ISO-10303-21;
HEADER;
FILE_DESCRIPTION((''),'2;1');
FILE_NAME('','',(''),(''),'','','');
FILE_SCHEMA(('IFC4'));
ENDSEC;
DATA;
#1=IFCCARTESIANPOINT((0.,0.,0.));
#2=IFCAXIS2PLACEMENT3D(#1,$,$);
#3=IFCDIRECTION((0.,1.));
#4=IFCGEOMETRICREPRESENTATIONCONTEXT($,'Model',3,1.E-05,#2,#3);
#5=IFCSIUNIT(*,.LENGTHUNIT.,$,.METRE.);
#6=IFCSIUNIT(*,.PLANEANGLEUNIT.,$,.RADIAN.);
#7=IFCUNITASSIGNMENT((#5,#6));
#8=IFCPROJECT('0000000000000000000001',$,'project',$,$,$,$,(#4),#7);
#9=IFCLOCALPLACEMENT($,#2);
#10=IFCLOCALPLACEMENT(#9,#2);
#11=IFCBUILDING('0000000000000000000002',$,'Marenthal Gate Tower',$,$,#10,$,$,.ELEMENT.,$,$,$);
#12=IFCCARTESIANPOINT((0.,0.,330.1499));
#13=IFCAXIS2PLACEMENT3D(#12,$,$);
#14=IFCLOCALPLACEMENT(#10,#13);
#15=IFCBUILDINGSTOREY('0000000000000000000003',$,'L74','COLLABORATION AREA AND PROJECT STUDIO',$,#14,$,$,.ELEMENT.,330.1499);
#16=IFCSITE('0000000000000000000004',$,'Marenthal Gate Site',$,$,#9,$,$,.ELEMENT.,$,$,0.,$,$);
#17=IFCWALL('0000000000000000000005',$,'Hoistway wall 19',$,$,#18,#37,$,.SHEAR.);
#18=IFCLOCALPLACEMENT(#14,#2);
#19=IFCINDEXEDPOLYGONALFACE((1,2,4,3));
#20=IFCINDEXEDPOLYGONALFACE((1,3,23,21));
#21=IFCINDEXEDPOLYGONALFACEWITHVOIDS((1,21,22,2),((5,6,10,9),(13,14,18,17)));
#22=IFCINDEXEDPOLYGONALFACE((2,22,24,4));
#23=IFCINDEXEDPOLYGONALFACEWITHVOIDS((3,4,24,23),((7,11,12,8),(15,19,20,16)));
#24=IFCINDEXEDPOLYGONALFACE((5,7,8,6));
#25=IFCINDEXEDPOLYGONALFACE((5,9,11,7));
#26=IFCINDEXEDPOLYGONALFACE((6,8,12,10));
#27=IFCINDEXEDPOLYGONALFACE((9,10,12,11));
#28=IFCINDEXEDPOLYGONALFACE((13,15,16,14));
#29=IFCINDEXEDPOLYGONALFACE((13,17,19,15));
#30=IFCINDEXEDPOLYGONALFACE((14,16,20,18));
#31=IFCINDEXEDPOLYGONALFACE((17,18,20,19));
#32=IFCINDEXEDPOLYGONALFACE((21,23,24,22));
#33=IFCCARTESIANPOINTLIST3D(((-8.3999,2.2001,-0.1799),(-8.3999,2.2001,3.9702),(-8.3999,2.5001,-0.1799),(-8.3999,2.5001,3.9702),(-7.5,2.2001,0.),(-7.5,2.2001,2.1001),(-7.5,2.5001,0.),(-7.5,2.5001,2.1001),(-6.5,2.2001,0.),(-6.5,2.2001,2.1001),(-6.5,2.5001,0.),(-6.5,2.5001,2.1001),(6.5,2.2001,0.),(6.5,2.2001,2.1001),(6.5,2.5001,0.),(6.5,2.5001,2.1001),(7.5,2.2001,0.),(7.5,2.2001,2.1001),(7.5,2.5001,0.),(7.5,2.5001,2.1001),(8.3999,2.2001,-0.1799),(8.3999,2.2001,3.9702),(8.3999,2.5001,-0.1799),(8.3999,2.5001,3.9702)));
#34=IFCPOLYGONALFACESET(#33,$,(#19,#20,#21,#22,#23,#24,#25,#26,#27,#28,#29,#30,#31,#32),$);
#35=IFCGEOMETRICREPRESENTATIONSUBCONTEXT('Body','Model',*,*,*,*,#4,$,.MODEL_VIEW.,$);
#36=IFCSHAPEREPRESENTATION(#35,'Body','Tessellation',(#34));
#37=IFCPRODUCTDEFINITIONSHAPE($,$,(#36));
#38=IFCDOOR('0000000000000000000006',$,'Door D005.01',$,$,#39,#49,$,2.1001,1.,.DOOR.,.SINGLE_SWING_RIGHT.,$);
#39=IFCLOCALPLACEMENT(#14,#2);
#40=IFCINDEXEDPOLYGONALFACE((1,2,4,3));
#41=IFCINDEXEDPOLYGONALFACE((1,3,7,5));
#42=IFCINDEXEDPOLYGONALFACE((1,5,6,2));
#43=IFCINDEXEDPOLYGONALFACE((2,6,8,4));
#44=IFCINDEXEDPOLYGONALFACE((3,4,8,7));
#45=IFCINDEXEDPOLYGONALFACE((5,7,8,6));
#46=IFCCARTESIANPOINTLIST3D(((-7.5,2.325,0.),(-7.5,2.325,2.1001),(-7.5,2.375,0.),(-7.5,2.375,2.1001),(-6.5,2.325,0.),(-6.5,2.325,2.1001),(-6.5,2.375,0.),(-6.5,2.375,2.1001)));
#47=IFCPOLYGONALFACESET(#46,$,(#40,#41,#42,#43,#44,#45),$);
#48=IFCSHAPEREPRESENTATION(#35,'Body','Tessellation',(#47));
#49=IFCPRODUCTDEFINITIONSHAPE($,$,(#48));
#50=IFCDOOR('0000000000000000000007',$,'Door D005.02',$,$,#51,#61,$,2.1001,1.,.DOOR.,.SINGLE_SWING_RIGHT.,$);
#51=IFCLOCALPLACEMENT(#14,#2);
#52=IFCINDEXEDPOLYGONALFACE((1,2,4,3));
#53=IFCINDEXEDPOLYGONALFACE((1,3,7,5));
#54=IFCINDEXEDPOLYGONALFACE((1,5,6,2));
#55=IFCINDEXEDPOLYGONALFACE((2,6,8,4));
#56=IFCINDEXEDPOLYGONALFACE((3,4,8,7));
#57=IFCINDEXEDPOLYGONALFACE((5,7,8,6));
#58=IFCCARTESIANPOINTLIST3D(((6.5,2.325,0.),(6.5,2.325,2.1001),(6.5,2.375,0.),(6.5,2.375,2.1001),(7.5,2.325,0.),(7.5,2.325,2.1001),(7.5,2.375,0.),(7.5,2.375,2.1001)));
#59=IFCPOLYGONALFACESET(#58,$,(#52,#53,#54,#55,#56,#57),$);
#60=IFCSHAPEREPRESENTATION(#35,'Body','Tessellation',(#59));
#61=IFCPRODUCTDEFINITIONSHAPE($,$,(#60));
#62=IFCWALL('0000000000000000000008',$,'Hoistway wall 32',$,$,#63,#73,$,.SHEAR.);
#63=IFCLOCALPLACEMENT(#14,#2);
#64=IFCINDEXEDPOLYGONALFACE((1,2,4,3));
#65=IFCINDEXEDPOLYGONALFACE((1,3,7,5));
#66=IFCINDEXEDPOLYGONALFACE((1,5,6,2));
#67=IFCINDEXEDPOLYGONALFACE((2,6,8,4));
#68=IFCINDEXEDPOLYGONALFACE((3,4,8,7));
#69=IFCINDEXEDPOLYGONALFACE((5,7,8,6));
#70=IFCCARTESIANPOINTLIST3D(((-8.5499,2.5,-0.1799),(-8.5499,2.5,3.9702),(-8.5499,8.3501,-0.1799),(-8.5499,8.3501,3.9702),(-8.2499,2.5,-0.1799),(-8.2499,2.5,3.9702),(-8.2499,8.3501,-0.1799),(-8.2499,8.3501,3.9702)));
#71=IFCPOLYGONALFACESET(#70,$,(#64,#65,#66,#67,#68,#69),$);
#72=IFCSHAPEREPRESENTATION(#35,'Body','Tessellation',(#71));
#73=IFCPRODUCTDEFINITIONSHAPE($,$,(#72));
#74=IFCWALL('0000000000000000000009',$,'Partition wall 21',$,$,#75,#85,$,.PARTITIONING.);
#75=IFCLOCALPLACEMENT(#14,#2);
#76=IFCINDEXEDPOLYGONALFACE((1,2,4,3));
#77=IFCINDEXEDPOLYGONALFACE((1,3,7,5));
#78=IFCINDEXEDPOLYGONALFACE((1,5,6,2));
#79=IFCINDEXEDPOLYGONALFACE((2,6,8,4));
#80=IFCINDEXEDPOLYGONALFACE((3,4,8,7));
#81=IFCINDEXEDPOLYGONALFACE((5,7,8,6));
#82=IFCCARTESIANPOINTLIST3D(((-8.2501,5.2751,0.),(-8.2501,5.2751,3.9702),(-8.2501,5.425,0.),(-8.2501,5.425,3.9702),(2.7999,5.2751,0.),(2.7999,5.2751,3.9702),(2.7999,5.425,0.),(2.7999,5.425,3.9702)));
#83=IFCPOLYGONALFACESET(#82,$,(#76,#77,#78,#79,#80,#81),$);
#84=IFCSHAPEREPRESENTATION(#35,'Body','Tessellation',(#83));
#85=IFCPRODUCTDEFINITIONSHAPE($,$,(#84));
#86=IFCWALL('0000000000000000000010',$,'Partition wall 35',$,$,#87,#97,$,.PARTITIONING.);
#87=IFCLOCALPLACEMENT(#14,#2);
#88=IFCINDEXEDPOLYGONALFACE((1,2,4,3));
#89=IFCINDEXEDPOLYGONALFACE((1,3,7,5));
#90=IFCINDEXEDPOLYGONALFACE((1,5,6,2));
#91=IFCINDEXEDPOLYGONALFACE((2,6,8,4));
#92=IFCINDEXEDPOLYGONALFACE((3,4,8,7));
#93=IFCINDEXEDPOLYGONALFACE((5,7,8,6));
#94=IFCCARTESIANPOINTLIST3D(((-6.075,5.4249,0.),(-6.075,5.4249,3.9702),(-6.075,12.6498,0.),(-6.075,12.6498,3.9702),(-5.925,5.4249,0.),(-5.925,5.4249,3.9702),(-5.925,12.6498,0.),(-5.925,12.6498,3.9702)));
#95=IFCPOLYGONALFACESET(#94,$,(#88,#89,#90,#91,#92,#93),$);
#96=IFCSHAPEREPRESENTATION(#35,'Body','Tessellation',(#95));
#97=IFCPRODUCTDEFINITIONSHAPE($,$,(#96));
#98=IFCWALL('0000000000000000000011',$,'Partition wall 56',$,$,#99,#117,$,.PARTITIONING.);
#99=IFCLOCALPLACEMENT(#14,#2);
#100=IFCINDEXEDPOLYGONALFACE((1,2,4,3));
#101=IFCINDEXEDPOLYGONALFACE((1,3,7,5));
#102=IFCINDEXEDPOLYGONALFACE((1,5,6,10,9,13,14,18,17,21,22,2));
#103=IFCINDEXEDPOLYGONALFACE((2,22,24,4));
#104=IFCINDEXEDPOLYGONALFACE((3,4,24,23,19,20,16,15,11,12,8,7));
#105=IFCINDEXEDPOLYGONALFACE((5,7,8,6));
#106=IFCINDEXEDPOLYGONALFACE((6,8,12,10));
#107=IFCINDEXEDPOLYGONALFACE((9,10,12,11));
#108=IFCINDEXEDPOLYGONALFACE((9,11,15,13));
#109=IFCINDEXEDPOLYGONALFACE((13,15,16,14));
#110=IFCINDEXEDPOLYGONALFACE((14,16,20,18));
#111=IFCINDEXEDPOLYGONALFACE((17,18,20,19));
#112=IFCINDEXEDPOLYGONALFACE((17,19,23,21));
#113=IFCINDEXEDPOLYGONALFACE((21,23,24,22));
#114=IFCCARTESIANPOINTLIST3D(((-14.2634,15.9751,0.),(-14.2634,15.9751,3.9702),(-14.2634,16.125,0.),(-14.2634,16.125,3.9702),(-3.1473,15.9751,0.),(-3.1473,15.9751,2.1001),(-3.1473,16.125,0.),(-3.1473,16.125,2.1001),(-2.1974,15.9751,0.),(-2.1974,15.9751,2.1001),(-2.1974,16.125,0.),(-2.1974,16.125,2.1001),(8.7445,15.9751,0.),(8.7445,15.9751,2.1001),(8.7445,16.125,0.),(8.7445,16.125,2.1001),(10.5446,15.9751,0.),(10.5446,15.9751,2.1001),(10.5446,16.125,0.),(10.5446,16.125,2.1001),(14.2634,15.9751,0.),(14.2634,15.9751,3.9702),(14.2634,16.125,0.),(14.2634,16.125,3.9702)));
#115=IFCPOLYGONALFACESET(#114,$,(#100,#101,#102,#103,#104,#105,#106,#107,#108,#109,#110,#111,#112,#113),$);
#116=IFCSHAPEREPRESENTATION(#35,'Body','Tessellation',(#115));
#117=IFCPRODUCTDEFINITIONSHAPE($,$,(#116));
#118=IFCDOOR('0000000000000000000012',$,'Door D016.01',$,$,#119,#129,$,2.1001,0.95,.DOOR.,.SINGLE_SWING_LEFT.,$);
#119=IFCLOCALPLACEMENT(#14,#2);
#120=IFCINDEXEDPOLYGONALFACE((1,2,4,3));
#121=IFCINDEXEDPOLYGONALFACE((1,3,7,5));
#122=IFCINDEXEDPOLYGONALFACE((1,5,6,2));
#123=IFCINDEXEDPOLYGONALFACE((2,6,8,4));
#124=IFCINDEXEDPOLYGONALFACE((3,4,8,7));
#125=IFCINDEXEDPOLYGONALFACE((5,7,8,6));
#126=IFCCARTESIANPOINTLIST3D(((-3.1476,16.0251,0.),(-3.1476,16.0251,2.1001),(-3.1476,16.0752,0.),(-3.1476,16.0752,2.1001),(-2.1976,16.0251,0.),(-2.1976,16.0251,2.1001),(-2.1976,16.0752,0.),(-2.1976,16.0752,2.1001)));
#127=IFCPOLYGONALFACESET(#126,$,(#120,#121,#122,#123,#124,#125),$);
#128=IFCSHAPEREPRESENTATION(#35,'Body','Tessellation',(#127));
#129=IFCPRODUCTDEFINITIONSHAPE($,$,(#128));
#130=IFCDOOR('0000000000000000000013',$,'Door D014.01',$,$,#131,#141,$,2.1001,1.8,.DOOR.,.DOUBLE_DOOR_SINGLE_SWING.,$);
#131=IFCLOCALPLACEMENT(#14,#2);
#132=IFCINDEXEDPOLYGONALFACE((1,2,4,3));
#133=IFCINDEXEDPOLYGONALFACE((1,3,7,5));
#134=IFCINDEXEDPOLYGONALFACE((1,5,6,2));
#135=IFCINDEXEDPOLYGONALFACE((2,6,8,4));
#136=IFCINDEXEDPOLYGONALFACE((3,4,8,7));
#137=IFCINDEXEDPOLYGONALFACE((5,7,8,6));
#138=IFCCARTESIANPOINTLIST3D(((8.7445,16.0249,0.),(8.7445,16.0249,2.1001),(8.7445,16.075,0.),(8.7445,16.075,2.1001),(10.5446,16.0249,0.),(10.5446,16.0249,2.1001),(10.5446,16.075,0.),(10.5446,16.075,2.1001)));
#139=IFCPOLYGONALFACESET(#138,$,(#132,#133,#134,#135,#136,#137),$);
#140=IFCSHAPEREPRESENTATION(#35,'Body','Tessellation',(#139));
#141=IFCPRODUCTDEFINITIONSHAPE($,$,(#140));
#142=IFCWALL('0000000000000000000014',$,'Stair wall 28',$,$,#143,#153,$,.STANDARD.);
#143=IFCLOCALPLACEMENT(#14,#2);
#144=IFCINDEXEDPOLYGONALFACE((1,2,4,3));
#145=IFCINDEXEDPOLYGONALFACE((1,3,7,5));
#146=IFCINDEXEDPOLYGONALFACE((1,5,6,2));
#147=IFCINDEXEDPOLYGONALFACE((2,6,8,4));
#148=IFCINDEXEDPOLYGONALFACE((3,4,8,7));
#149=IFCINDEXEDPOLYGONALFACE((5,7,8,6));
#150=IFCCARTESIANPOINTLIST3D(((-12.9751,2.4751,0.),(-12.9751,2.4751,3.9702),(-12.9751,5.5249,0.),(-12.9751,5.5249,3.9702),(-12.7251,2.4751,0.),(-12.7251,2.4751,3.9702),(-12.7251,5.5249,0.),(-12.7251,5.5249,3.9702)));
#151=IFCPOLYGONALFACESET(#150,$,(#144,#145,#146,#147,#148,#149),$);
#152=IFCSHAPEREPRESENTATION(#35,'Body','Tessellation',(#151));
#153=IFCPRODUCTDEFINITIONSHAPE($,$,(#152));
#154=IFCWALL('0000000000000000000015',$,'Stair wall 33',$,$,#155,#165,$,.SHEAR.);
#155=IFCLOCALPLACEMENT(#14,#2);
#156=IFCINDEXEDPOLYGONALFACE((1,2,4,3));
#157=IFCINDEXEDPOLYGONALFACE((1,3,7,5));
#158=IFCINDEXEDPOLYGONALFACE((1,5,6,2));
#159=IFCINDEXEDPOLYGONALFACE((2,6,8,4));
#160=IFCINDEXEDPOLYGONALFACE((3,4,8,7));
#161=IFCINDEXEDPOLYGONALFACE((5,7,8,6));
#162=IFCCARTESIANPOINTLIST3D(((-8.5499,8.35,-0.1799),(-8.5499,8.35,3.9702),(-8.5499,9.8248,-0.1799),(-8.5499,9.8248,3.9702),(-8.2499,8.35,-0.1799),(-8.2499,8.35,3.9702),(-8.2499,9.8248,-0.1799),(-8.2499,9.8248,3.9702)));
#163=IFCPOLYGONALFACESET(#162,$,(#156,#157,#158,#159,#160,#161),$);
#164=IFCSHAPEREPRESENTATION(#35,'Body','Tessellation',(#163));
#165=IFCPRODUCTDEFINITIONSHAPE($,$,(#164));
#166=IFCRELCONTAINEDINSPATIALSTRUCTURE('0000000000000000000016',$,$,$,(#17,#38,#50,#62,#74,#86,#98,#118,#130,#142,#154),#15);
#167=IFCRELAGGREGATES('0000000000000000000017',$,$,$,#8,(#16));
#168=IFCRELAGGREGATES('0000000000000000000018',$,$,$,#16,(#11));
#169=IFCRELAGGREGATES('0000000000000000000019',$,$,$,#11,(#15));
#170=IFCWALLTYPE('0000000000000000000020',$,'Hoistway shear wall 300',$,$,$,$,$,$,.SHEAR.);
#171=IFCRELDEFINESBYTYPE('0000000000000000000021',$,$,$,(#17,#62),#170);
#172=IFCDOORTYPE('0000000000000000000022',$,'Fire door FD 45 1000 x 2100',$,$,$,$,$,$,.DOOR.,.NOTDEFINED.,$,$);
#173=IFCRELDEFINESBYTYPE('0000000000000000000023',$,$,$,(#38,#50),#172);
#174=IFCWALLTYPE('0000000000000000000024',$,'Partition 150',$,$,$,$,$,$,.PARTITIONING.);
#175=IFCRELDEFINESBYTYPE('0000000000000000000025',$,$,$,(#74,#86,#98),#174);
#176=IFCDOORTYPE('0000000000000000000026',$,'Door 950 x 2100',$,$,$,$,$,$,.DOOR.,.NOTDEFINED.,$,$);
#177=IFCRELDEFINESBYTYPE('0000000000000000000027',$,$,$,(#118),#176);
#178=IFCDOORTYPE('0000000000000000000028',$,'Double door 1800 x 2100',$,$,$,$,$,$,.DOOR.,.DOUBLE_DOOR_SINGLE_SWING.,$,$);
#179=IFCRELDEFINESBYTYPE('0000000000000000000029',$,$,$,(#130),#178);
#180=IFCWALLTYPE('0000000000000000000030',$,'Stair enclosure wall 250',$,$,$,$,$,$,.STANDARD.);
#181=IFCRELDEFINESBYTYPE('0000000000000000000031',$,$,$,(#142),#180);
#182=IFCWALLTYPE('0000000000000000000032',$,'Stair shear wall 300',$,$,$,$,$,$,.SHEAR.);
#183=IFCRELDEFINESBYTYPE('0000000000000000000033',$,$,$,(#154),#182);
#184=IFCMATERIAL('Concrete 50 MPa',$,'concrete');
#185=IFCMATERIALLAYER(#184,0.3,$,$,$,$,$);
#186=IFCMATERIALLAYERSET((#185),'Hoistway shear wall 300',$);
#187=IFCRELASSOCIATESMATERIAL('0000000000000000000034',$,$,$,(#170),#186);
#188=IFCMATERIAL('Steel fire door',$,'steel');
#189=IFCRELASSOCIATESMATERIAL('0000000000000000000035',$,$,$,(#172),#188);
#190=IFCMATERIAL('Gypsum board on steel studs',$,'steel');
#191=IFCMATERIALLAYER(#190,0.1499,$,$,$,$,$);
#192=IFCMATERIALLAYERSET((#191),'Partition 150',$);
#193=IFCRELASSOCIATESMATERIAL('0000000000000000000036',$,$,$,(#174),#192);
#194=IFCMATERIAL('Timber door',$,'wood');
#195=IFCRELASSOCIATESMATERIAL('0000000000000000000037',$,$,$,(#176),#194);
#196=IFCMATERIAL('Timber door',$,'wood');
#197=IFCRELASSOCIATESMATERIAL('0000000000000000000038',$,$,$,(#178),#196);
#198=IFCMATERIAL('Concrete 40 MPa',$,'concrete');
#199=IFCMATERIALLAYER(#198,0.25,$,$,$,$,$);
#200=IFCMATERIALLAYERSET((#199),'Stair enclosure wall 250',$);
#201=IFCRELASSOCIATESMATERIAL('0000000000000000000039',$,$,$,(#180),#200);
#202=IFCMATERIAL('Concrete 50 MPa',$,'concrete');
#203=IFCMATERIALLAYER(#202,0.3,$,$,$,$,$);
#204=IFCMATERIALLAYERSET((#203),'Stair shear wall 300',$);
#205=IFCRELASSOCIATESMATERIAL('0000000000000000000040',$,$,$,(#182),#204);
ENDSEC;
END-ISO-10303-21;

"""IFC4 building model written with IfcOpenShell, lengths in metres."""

from ifc_helpers import new_model, si_unit, direction, frame, frame_2d, origin, place, context, subcontext, project, spatial, rectangle, extrude, material, layer, layer_set, type_object, element, fill, save


model = new_model("IFC4")

# Units and contexts
model_context = context("Model", 3, precision=1e-05, world=origin(), true_north=direction((0.0, 1.0)))
body_context = subcontext(model_context, "Body", "Model", "MODEL_VIEW")
ifc_project = project(units=[si_unit("LENGTHUNIT", "METRE"), si_unit("PLANEANGLEUNIT", "RADIAN")], contexts=[model_context])

# Site, building, storey
site_placement = place(None, origin())
site = spatial("IfcSite", under=ifc_project, at=site_placement, Name="Marenthal Gate Site", CompositionType="ELEMENT", RefElevation=0.0)
building_placement = place(site_placement, origin())
building = spatial("IfcBuilding", under=site, at=building_placement, Name="Marenthal Gate Tower", CompositionType="ELEMENT")
storey_placement = place(building_placement, frame((0.0, 0.0, 330.1499)))
storey = spatial("IfcBuildingStorey", under=building, at=storey_placement, Name="L74", Description="COLLABORATION AREA AND PROJECT STUDIO", CompositionType="ELEMENT", Elevation=330.1499)

# Wall, openings, doors
ifc_material_1 = material(Name="Concrete 50 MPa", Category="concrete")
ifc_layer_1 = layer(ifc_material_1, 0.3)
ifc_layer_set_1 = layer_set([ifc_layer_1], Name="Hoistway shear wall 300")
wall_type_1 = type_object("IfcWallType", Name="Hoistway shear wall 300", PredefinedType="SHEAR", material=ifc_layer_set_1)
wall_1_placement = place(storey_placement, frame((-8.3999, 2.3501, -0.1799), z_axis=(0.0, 0.0, 1.0), x_axis=(1.0, 0.0, 0.0)))
wall_1 = element("IfcWall", 1, at=wall_1_placement, inside=storey, type_object=wall_type_1, Name="Hoistway wall 19", PredefinedType="SHEAR", context=body_context, shape_type="SweptSolid", body=[
    extrude(rectangle(XDim=16.7998, YDim=0.3, at=frame_2d((8.3999, 0.0))), origin(), (0.0, 0.0, 1.0), 4.1501),
])
opening_1_placement = place(wall_1_placement, frame((0.8999, 0.0, 0.1799)))
opening_1 = element("IfcOpeningElement", 2, at=opening_1_placement, cuts=wall_1, PredefinedType="OPENING", context=body_context, shape_type="SweptSolid", body=[
    extrude(rectangle(XDim=1.0, YDim=2.1001, at=frame_2d((0.5, 1.05))), frame((0.0, 0.1602, 0.0), z_axis=(0.0, -1.0, 0.0), x_axis=(1.0, 0.0, 0.0)), (0.0, 0.0, 1.0), 0.3201),
])
opening_2_placement = place(wall_1_placement, frame((14.8999, 0.0, 0.1799)))
opening_2 = element("IfcOpeningElement", 3, at=opening_2_placement, cuts=wall_1, PredefinedType="OPENING", context=body_context, shape_type="SweptSolid", body=[
    extrude(rectangle(XDim=1.0, YDim=2.1001, at=frame_2d((0.5, 1.05))), frame((0.0, 0.1602, 0.0), z_axis=(0.0, -1.0, 0.0), x_axis=(1.0, 0.0, 0.0)), (0.0, 0.0, 1.0), 0.3201),
])
ifc_material_2 = material(Name="Steel fire door", Category="steel")
door_type_1 = type_object("IfcDoorType", Name="Fire door FD 45 1000 x 2100", OperationType="NOTDEFINED", PredefinedType="DOOR", material=ifc_material_2)
door_1_placement = place(opening_1_placement, origin())
door_1 = element("IfcDoor", 4, at=door_1_placement, inside=storey, type_object=door_type_1, Name="Door D005.01", OperationType="SINGLE_SWING_RIGHT", OverallHeight=2.1001, OverallWidth=1.0, PredefinedType="DOOR", context=body_context, shape_type="SweptSolid", body=[
    extrude(rectangle(XDim=1.0, YDim=2.1001, at=frame_2d((0.5, 1.05))), frame((0.0, 0.0249, 0.0), z_axis=(0.0, -1.0, 0.0), x_axis=(1.0, 0.0, 0.0)), (0.0, 0.0, 1.0), 0.05),
])
fill(opening_1, door_1)
door_2_placement = place(opening_2_placement, origin())
door_2 = element("IfcDoor", 5, at=door_2_placement, inside=storey, type_object=door_type_1, Name="Door D005.02", OperationType="SINGLE_SWING_RIGHT", OverallHeight=2.1001, OverallWidth=1.0, PredefinedType="DOOR", context=body_context, shape_type="SweptSolid", body=[
    extrude(rectangle(XDim=1.0, YDim=2.1001, at=frame_2d((0.5, 1.05))), frame((0.0, 0.0249, 0.0), z_axis=(0.0, -1.0, 0.0), x_axis=(1.0, 0.0, 0.0)), (0.0, 0.0, 1.0), 0.05),
])
fill(opening_2, door_2)

# Walls
wall_2_placement = place(storey_placement, frame((-8.3999, 2.5, -0.1799), z_axis=(0.0, 0.0, 1.0), x_axis=(0.0, 1.0, 0.0)))
element("IfcWall", 6, at=wall_2_placement, inside=storey, type_object=wall_type_1, Name="Hoistway wall 32", PredefinedType="SHEAR", context=body_context, shape_type="SweptSolid", body=[
    extrude(rectangle(XDim=5.8501, YDim=0.3, at=frame_2d((2.925, 0.0))), origin(), (0.0, 0.0, 1.0), 4.1501),
])
ifc_material_3 = material(Name="Gypsum board on steel studs", Category="steel")
ifc_layer_2 = layer(ifc_material_3, 0.1499)
ifc_layer_set_2 = layer_set([ifc_layer_2], Name="Partition 150")
wall_type_2 = type_object("IfcWallType", Name="Partition 150", PredefinedType="PARTITIONING", material=ifc_layer_set_2)
wall_3_placement = place(storey_placement, frame((-8.25, 5.3501, 0.0), z_axis=(0.0, 0.0, 1.0), x_axis=(1.0, 0.0, 0.0)))
element("IfcWall", 7, at=wall_3_placement, inside=storey, type_object=wall_type_2, Name="Partition wall 21", PredefinedType="PARTITIONING", context=body_context, shape_type="SweptSolid", body=[
    extrude(rectangle(XDim=11.05, YDim=0.1499, at=frame_2d((5.5249, 0.0))), origin(), (0.0, 0.0, 1.0), 3.9702),
])
wall_4_placement = place(storey_placement, frame((-6.0, 5.425, 0.0), z_axis=(0.0, 0.0, 1.0), x_axis=(0.0, 1.0, 0.0)))
element("IfcWall", 8, at=wall_4_placement, inside=storey, type_object=wall_type_2, Name="Partition wall 35", PredefinedType="PARTITIONING", context=body_context, shape_type="SweptSolid", body=[
    extrude(rectangle(XDim=7.2249, YDim=0.1499, at=frame_2d((3.6123, 0.0))), origin(), (0.0, 0.0, 1.0), 3.9702),
])

# Wall, openings, doors
wall_5_placement = place(storey_placement, frame((-14.2634, 16.05, 0.0), z_axis=(0.0, 0.0, 1.0), x_axis=(1.0, 0.0, 0.0)))
wall_5 = element("IfcWall", 9, at=wall_5_placement, inside=storey, type_object=wall_type_2, Name="Partition wall 56", PredefinedType="PARTITIONING", context=body_context, shape_type="SweptSolid", body=[
    extrude(rectangle(XDim=28.5269, YDim=0.1499, at=frame_2d((14.2634, 0.0))), origin(), (0.0, 0.0, 1.0), 3.9702),
])
opening_3_placement = place(wall_5_placement, frame((23.0081, 0.0, 0.0)))
opening_3 = element("IfcOpeningElement", 10, at=opening_3_placement, cuts=wall_5, PredefinedType="OPENING", context=body_context, shape_type="SweptSolid", body=[
    extrude(rectangle(XDim=1.8, YDim=2.1001, at=frame_2d((0.8999, 1.05))), frame((0.0, 0.085, 0.0), z_axis=(0.0, -1.0, 0.0), x_axis=(1.0, 0.0, 0.0)), (0.0, 0.0, 1.0), 0.1699),
])
opening_4_placement = place(wall_5_placement, frame((11.116, 0.0, 0.0)))
opening_4 = element("IfcOpeningElement", 11, at=opening_4_placement, cuts=wall_5, PredefinedType="OPENING", context=body_context, shape_type="SweptSolid", body=[
    extrude(rectangle(XDim=0.95, YDim=2.1001, at=frame_2d((0.4751, 1.05))), frame((0.0, 0.085, 0.0), z_axis=(0.0, -1.0, 0.0), x_axis=(1.0, 0.0, 0.0)), (0.0, 0.0, 1.0), 0.1699),
])
ifc_material_4 = material(Name="Timber door", Category="wood")
door_type_2 = type_object("IfcDoorType", Name="Door 950 x 2100", OperationType="NOTDEFINED", PredefinedType="DOOR", material=ifc_material_4)
door_3_placement = place(opening_4_placement, frame((0.95, 0.0, 0.0), z_axis=(0.0, 0.0, 1.0), x_axis=(-1.0, 0.0, 0.0)))
door_3 = element("IfcDoor", 12, at=door_3_placement, inside=storey, type_object=door_type_2, Name="Door D016.01", OperationType="SINGLE_SWING_LEFT", OverallHeight=2.1001, OverallWidth=0.95, PredefinedType="DOOR", context=body_context, shape_type="SweptSolid", body=[
    extrude(rectangle(XDim=0.95, YDim=2.1001, at=frame_2d((0.4751, 1.05))), frame((0.0, 0.0249, 0.0), z_axis=(0.0, -1.0, 0.0), x_axis=(1.0, 0.0, 0.0)), (0.0, 0.0, 1.0), 0.05),
])
fill(opening_4, door_3)
ifc_material_5 = material(Name="Timber door", Category="wood")
door_type_3 = type_object("IfcDoorType", Name="Double door 1800 x 2100", OperationType="DOUBLE_DOOR_SINGLE_SWING", PredefinedType="DOOR", material=ifc_material_5)
door_4_placement = place(opening_3_placement, origin())
door_4 = element("IfcDoor", 13, at=door_4_placement, inside=storey, type_object=door_type_3, Name="Door D014.01", OperationType="DOUBLE_DOOR_SINGLE_SWING", OverallHeight=2.1001, OverallWidth=1.8, PredefinedType="DOOR", context=body_context, shape_type="SweptSolid", body=[
    extrude(rectangle(XDim=1.8, YDim=2.1001, at=frame_2d((0.8999, 1.05))), frame((0.0, 0.0249, 0.0), z_axis=(0.0, -1.0, 0.0), x_axis=(1.0, 0.0, 0.0)), (0.0, 0.0, 1.0), 0.05),
])
fill(opening_3, door_4)

# Walls
ifc_material_6 = material(Name="Concrete 40 MPa", Category="concrete")
ifc_layer_3 = layer(ifc_material_6, 0.25)
ifc_layer_set_3 = layer_set([ifc_layer_3], Name="Stair enclosure wall 250")
wall_type_3 = type_object("IfcWallType", Name="Stair enclosure wall 250", PredefinedType="STANDARD", material=ifc_layer_set_3)
wall_6_placement = place(storey_placement, frame((-12.8501, 2.4751, 0.0), z_axis=(0.0, 0.0, 1.0), x_axis=(0.0, 1.0, 0.0)))
element("IfcWall", 14, at=wall_6_placement, inside=storey, type_object=wall_type_3, Name="Stair wall 28", PredefinedType="STANDARD", context=body_context, shape_type="SweptSolid", body=[
    extrude(rectangle(XDim=3.0498, YDim=0.25, at=frame_2d((1.5249, 0.0))), origin(), (0.0, 0.0, 1.0), 3.9702),
])
ifc_material_7 = material(Name="Concrete 50 MPa", Category="concrete")
ifc_layer_4 = layer(ifc_material_7, 0.3)
ifc_layer_set_4 = layer_set([ifc_layer_4], Name="Stair shear wall 300")
wall_type_4 = type_object("IfcWallType", Name="Stair shear wall 300", PredefinedType="SHEAR", material=ifc_layer_set_4)
wall_7_placement = place(storey_placement, frame((-8.3999, 8.3501, -0.1799), z_axis=(0.0, 0.0, 1.0), x_axis=(0.0, 1.0, 0.0)))
element("IfcWall", 15, at=wall_7_placement, inside=storey, type_object=wall_type_4, Name="Stair wall 33", PredefinedType="SHEAR", context=body_context, shape_type="SweptSolid", body=[
    extrude(rectangle(XDim=1.4749, YDim=0.3, at=frame_2d((0.7373, 0.0))), origin(), (0.0, 0.0, 1.0), 4.1501),
])

save(model, "model.ifc")
